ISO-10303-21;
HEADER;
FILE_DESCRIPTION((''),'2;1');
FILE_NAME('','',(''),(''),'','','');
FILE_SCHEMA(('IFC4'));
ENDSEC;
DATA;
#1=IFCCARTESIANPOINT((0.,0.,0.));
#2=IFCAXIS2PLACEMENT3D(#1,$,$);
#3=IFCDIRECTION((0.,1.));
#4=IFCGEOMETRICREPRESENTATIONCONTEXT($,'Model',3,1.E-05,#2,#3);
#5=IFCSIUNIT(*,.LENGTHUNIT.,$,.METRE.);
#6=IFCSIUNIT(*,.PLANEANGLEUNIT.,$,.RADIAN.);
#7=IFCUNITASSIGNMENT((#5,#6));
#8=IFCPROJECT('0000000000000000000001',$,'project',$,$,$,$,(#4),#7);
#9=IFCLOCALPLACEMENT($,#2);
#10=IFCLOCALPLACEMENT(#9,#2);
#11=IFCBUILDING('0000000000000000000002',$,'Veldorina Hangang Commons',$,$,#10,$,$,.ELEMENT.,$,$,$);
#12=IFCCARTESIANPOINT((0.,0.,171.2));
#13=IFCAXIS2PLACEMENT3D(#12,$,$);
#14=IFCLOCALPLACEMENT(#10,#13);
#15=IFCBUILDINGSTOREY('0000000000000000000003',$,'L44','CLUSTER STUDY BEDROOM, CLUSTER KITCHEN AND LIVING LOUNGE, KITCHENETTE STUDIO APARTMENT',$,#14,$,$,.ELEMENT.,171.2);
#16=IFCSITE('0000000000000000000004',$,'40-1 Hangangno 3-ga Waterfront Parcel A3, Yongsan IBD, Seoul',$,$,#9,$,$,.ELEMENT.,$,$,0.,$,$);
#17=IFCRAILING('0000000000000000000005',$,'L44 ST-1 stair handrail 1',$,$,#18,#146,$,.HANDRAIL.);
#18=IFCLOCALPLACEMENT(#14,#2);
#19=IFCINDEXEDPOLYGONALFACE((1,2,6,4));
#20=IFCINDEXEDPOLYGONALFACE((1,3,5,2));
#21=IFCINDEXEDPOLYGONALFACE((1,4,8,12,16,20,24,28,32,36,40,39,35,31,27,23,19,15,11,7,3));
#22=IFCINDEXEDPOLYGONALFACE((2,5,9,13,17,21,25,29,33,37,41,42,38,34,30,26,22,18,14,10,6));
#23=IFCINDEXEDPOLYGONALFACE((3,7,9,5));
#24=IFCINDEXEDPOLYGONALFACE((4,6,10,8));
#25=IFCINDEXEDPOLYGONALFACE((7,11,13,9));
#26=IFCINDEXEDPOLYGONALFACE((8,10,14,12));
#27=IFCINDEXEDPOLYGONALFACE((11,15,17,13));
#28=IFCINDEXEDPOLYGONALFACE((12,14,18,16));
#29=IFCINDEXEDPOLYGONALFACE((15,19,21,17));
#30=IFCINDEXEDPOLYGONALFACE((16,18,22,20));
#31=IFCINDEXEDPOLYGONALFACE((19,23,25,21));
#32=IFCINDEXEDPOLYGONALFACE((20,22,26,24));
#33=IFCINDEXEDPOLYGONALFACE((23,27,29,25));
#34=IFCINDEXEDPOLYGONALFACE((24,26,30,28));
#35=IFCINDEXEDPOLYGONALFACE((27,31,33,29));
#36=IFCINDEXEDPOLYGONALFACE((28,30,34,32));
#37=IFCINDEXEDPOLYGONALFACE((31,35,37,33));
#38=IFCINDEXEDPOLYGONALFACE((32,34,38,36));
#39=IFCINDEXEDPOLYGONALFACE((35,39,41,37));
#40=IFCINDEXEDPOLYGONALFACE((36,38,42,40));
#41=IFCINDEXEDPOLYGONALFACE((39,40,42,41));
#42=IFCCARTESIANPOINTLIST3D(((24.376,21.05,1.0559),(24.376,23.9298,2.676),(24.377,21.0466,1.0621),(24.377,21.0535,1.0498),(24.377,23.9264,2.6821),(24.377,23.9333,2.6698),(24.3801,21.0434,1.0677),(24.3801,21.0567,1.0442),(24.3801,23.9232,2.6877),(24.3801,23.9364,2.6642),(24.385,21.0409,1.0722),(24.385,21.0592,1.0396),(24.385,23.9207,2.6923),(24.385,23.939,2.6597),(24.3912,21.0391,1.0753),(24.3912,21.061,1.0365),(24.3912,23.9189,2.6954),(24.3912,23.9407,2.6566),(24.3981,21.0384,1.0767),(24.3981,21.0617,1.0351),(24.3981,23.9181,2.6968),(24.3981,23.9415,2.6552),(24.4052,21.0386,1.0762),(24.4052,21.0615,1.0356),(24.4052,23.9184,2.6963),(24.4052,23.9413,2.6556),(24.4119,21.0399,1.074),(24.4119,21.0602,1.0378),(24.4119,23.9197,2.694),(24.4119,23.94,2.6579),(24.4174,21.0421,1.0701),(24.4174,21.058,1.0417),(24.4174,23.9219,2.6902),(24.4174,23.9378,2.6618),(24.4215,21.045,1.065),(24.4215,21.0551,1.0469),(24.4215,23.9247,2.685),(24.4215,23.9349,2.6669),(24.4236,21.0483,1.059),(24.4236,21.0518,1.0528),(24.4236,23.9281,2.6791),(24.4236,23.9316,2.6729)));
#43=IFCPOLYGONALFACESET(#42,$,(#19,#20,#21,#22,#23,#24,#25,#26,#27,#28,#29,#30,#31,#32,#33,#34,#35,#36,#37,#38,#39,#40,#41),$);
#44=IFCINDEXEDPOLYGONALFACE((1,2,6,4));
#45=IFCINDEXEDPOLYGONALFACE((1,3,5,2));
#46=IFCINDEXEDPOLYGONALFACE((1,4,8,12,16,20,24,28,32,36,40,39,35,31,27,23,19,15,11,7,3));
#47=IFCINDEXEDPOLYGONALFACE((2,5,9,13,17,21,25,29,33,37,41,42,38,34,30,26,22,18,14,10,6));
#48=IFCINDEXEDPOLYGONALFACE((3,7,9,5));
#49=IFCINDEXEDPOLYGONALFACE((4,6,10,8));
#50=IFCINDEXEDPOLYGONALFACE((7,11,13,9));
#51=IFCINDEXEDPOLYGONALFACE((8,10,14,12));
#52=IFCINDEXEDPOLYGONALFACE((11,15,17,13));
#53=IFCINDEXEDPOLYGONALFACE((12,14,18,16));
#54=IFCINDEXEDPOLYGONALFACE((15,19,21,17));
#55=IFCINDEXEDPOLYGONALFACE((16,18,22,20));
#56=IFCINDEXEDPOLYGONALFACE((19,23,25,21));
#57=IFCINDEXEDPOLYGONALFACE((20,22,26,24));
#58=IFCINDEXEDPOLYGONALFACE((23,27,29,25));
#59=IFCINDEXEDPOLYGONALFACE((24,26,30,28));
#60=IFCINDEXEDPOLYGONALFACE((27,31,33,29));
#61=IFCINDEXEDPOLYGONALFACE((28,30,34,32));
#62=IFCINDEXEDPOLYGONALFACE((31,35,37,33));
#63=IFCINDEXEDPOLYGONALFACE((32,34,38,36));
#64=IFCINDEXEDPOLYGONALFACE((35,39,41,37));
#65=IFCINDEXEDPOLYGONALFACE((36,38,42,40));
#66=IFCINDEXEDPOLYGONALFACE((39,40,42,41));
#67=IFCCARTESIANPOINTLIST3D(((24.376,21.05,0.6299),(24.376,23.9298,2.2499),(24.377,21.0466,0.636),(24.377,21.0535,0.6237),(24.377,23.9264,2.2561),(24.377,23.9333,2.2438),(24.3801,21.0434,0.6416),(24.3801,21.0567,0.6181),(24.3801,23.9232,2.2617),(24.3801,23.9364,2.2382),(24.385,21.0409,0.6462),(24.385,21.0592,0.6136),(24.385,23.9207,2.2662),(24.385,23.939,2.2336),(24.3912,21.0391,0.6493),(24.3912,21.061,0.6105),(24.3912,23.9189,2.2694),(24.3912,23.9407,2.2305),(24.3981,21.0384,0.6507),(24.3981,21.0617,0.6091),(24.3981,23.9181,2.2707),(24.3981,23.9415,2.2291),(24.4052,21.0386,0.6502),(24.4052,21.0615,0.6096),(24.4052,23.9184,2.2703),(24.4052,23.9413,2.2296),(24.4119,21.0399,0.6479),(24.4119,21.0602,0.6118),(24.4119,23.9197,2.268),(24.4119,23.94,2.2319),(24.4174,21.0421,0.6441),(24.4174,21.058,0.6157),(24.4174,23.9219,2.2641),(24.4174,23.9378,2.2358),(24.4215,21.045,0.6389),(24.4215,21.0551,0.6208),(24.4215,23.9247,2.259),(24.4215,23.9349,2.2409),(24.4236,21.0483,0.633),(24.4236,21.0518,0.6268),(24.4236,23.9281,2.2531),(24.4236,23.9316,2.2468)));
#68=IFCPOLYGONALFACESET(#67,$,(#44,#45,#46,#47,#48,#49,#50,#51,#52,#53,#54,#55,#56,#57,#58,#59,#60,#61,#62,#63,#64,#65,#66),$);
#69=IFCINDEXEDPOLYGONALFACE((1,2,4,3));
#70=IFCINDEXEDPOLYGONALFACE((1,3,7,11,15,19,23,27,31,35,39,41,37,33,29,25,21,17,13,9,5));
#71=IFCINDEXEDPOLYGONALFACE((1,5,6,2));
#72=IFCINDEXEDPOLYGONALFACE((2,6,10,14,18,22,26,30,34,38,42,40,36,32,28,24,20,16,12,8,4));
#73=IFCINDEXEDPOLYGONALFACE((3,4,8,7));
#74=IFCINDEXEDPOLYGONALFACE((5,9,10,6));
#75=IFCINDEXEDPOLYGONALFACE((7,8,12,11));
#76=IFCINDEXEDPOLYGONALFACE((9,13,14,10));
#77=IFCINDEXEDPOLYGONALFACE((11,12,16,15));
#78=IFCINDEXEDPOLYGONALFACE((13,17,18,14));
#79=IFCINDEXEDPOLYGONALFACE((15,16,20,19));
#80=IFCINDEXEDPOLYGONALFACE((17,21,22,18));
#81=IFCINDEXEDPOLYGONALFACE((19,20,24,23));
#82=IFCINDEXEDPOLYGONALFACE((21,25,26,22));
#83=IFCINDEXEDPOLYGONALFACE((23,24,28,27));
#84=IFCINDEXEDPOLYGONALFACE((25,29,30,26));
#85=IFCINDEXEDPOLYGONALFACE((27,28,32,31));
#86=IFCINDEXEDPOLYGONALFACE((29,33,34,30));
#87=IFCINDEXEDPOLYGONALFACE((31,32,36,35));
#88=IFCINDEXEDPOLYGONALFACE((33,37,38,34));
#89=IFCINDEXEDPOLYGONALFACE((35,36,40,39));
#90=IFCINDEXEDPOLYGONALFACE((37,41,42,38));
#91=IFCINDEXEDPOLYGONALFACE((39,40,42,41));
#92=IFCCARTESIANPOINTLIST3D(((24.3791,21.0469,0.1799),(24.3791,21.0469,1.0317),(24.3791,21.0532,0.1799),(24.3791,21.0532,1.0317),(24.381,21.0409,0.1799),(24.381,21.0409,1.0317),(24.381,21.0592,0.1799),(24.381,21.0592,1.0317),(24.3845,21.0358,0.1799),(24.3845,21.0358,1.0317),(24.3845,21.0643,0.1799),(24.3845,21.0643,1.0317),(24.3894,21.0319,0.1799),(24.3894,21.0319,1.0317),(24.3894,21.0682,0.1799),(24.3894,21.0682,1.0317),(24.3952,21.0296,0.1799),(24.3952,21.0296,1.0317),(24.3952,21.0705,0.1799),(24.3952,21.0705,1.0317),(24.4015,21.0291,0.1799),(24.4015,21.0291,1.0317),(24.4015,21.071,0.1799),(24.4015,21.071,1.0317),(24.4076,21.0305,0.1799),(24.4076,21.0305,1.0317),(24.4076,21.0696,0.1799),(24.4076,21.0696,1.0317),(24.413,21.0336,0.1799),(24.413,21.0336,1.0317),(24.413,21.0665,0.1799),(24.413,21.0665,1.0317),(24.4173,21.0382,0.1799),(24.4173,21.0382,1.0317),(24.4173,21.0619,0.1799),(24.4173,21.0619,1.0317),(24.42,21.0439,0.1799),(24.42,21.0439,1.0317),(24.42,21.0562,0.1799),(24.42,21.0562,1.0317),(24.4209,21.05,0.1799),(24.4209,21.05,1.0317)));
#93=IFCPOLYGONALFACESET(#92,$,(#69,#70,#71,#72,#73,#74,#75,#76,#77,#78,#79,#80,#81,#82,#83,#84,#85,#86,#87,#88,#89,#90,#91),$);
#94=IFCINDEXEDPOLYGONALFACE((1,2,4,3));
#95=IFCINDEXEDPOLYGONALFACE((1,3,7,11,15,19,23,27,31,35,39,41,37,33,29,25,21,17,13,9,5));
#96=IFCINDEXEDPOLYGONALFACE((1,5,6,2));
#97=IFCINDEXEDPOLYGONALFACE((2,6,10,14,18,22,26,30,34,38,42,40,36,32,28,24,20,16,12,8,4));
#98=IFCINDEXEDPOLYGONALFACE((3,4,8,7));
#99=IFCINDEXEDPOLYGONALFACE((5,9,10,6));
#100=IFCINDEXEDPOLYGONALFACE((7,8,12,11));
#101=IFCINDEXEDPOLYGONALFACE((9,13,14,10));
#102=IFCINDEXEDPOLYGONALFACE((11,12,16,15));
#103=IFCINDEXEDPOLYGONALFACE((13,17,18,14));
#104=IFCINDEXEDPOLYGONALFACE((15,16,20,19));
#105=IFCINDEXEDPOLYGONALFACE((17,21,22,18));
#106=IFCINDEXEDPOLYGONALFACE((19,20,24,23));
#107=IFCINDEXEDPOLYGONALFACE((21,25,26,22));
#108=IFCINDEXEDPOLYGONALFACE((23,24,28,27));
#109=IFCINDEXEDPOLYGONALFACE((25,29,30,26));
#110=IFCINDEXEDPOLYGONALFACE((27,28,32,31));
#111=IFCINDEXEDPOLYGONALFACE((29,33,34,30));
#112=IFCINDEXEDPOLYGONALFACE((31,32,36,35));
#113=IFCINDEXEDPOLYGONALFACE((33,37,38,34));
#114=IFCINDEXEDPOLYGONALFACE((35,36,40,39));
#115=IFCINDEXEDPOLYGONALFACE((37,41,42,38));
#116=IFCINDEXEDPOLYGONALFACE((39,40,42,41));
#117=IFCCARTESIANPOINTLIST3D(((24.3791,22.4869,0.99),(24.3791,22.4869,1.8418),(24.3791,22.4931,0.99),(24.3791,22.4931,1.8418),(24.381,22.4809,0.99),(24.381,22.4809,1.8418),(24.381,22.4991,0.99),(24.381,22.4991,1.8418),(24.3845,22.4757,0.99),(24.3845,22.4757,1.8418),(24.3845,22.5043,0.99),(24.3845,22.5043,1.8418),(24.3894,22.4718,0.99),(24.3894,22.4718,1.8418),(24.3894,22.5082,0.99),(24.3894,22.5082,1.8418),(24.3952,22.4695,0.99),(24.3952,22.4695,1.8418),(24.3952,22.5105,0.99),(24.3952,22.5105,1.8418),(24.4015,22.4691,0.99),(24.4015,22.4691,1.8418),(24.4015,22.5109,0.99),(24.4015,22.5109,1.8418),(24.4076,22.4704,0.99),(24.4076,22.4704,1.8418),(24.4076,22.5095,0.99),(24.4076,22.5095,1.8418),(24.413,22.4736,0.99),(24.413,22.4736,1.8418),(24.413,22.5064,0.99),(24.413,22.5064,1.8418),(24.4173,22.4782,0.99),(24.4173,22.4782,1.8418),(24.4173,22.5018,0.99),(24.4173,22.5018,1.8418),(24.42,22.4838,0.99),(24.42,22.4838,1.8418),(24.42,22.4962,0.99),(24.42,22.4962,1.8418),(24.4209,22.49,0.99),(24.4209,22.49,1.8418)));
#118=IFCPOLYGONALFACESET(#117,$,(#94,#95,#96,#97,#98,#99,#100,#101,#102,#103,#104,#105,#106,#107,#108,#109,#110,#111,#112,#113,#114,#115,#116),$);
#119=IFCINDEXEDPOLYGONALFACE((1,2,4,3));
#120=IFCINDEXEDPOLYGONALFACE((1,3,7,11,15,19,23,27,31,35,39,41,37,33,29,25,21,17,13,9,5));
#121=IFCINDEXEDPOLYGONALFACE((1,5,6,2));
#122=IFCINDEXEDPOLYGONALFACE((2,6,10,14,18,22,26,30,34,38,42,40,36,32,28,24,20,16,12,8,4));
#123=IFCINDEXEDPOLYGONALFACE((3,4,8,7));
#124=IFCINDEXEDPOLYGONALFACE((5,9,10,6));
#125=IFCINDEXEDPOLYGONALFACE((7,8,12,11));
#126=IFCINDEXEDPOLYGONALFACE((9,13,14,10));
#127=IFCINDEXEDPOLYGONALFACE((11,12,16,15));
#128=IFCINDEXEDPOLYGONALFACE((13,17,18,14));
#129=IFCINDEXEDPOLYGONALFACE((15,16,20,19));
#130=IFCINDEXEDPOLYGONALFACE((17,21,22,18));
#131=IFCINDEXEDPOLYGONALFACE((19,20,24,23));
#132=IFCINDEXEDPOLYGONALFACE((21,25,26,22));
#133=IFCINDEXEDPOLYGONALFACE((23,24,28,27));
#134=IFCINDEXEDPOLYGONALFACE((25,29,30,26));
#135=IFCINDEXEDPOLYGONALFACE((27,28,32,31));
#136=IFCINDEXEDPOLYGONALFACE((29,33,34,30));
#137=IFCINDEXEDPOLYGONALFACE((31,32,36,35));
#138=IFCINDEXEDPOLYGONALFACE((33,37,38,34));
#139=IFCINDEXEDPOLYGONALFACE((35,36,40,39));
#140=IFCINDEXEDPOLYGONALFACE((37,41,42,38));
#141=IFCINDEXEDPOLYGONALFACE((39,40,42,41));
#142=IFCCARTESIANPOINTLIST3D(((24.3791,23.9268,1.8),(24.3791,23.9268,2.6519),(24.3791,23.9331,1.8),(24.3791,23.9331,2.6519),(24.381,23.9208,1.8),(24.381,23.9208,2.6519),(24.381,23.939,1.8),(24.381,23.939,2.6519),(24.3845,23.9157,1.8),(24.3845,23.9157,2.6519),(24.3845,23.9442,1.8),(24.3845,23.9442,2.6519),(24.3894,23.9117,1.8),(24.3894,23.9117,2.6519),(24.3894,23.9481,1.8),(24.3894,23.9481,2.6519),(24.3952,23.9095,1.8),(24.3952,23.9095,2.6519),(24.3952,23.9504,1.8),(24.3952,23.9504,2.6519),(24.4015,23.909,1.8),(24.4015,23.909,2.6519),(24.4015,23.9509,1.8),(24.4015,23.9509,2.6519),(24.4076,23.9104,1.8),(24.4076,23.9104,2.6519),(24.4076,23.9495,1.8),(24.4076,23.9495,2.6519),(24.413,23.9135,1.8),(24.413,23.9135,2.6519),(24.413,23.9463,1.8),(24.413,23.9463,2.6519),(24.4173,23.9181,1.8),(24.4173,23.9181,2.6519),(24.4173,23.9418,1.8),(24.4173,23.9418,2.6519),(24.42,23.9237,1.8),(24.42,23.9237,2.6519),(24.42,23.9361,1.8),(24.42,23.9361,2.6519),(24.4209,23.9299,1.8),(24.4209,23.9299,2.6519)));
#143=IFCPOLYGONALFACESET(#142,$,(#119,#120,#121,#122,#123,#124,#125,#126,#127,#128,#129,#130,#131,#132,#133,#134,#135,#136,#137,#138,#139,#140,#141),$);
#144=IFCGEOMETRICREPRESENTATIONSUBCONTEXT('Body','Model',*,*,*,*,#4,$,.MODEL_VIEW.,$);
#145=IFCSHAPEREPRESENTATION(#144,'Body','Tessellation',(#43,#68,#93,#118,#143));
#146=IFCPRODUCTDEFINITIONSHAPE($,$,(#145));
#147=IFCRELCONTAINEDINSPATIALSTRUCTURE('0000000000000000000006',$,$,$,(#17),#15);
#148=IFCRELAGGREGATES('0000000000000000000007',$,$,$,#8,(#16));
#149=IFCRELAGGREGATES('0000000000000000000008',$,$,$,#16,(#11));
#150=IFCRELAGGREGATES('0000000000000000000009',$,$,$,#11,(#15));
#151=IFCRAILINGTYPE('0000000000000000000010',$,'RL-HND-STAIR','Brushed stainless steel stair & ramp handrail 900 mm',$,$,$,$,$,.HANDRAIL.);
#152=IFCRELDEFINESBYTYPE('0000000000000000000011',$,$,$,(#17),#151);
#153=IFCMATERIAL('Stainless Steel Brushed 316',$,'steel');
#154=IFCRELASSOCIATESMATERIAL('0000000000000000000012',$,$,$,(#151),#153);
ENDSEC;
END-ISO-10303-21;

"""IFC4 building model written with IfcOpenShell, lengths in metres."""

from ifc_helpers import new_model, si_unit, direction, frame, origin, origin_2d, place, context, subcontext, project, spatial, circle, extrude, material, type_object, element, save


model = new_model("IFC4")

# Units and contexts
model_context = context("Model", 3, precision=1e-05, world=origin(), true_north=direction((0.0, 1.0)))
body_context = subcontext(model_context, "Body", "Model", "MODEL_VIEW")
ifc_project = project(units=[si_unit("LENGTHUNIT", "METRE"), si_unit("PLANEANGLEUNIT", "RADIAN")], contexts=[model_context])

# Site, building, storey
site_placement = place(None, origin())
site = spatial("IfcSite", under=ifc_project, at=site_placement, Name="40-1 Hangangno 3-ga Waterfront Parcel A3, Yongsan IBD, Seoul", CompositionType="ELEMENT", RefElevation=0.0)
building_placement = place(site_placement, origin())
building = spatial("IfcBuilding", under=site, at=building_placement, Name="Veldorina Hangang Commons", CompositionType="ELEMENT")
storey_placement = place(building_placement, frame((0.0, 0.0, 171.2)))
storey = spatial("IfcBuildingStorey", under=building, at=storey_placement, Name="L44", Description="CLUSTER STUDY BEDROOM, CLUSTER KITCHEN AND LIVING LOUNGE, KITCHENETTE STUDIO APARTMENT", CompositionType="ELEMENT", Elevation=171.2)

# Railing
ifc_material_1 = material(Name="Stainless Steel Brushed 316", Category="steel")
railing_type_1 = type_object("IfcRailingType", Name="RL-HND-STAIR", Description="Brushed stainless steel stair & ramp handrail 900 mm", PredefinedType="HANDRAIL", material=ifc_material_1)
railing_1_placement = place(storey_placement, frame((24.3999, 21.05, 0.1799)))
element("IfcRailing", 1, at=railing_1_placement, inside=storey, type_object=railing_type_1, Name="L44 ST-1 stair handrail 1", PredefinedType="HANDRAIL", context=body_context, shape_type="SweptSolid", body=[
    extrude(circle(Radius=0.0239, at=origin_2d()), frame((0.0, 0.0, 0.876), z_axis=(0.0, 0.871552, 0.490303), x_axis=(-1.0, 0.0, 0.0)), (0.0, 0.0, 1.0), 3.3042),
    extrude(circle(Radius=0.0239, at=origin_2d()), frame((0.0, 0.0, 0.45), z_axis=(0.0, 0.871552, 0.490303), x_axis=(-1.0, 0.0, 0.0)), (0.0, 0.0, 1.0), 3.3042),
    extrude(circle(Radius=0.021, at=origin_2d()), origin(), (0.0, 0.0, 1.0), 0.8518),
    extrude(circle(Radius=0.021, at=origin_2d()), frame((0.0, 1.4399, 0.8101)), (0.0, 0.0, 1.0), 0.8518),
    extrude(circle(Radius=0.021, at=origin_2d()), frame((0.0, 2.8799, 1.6201)), (0.0, 0.0, 1.0), 0.8518),
])

save(model, "model.ifc")
